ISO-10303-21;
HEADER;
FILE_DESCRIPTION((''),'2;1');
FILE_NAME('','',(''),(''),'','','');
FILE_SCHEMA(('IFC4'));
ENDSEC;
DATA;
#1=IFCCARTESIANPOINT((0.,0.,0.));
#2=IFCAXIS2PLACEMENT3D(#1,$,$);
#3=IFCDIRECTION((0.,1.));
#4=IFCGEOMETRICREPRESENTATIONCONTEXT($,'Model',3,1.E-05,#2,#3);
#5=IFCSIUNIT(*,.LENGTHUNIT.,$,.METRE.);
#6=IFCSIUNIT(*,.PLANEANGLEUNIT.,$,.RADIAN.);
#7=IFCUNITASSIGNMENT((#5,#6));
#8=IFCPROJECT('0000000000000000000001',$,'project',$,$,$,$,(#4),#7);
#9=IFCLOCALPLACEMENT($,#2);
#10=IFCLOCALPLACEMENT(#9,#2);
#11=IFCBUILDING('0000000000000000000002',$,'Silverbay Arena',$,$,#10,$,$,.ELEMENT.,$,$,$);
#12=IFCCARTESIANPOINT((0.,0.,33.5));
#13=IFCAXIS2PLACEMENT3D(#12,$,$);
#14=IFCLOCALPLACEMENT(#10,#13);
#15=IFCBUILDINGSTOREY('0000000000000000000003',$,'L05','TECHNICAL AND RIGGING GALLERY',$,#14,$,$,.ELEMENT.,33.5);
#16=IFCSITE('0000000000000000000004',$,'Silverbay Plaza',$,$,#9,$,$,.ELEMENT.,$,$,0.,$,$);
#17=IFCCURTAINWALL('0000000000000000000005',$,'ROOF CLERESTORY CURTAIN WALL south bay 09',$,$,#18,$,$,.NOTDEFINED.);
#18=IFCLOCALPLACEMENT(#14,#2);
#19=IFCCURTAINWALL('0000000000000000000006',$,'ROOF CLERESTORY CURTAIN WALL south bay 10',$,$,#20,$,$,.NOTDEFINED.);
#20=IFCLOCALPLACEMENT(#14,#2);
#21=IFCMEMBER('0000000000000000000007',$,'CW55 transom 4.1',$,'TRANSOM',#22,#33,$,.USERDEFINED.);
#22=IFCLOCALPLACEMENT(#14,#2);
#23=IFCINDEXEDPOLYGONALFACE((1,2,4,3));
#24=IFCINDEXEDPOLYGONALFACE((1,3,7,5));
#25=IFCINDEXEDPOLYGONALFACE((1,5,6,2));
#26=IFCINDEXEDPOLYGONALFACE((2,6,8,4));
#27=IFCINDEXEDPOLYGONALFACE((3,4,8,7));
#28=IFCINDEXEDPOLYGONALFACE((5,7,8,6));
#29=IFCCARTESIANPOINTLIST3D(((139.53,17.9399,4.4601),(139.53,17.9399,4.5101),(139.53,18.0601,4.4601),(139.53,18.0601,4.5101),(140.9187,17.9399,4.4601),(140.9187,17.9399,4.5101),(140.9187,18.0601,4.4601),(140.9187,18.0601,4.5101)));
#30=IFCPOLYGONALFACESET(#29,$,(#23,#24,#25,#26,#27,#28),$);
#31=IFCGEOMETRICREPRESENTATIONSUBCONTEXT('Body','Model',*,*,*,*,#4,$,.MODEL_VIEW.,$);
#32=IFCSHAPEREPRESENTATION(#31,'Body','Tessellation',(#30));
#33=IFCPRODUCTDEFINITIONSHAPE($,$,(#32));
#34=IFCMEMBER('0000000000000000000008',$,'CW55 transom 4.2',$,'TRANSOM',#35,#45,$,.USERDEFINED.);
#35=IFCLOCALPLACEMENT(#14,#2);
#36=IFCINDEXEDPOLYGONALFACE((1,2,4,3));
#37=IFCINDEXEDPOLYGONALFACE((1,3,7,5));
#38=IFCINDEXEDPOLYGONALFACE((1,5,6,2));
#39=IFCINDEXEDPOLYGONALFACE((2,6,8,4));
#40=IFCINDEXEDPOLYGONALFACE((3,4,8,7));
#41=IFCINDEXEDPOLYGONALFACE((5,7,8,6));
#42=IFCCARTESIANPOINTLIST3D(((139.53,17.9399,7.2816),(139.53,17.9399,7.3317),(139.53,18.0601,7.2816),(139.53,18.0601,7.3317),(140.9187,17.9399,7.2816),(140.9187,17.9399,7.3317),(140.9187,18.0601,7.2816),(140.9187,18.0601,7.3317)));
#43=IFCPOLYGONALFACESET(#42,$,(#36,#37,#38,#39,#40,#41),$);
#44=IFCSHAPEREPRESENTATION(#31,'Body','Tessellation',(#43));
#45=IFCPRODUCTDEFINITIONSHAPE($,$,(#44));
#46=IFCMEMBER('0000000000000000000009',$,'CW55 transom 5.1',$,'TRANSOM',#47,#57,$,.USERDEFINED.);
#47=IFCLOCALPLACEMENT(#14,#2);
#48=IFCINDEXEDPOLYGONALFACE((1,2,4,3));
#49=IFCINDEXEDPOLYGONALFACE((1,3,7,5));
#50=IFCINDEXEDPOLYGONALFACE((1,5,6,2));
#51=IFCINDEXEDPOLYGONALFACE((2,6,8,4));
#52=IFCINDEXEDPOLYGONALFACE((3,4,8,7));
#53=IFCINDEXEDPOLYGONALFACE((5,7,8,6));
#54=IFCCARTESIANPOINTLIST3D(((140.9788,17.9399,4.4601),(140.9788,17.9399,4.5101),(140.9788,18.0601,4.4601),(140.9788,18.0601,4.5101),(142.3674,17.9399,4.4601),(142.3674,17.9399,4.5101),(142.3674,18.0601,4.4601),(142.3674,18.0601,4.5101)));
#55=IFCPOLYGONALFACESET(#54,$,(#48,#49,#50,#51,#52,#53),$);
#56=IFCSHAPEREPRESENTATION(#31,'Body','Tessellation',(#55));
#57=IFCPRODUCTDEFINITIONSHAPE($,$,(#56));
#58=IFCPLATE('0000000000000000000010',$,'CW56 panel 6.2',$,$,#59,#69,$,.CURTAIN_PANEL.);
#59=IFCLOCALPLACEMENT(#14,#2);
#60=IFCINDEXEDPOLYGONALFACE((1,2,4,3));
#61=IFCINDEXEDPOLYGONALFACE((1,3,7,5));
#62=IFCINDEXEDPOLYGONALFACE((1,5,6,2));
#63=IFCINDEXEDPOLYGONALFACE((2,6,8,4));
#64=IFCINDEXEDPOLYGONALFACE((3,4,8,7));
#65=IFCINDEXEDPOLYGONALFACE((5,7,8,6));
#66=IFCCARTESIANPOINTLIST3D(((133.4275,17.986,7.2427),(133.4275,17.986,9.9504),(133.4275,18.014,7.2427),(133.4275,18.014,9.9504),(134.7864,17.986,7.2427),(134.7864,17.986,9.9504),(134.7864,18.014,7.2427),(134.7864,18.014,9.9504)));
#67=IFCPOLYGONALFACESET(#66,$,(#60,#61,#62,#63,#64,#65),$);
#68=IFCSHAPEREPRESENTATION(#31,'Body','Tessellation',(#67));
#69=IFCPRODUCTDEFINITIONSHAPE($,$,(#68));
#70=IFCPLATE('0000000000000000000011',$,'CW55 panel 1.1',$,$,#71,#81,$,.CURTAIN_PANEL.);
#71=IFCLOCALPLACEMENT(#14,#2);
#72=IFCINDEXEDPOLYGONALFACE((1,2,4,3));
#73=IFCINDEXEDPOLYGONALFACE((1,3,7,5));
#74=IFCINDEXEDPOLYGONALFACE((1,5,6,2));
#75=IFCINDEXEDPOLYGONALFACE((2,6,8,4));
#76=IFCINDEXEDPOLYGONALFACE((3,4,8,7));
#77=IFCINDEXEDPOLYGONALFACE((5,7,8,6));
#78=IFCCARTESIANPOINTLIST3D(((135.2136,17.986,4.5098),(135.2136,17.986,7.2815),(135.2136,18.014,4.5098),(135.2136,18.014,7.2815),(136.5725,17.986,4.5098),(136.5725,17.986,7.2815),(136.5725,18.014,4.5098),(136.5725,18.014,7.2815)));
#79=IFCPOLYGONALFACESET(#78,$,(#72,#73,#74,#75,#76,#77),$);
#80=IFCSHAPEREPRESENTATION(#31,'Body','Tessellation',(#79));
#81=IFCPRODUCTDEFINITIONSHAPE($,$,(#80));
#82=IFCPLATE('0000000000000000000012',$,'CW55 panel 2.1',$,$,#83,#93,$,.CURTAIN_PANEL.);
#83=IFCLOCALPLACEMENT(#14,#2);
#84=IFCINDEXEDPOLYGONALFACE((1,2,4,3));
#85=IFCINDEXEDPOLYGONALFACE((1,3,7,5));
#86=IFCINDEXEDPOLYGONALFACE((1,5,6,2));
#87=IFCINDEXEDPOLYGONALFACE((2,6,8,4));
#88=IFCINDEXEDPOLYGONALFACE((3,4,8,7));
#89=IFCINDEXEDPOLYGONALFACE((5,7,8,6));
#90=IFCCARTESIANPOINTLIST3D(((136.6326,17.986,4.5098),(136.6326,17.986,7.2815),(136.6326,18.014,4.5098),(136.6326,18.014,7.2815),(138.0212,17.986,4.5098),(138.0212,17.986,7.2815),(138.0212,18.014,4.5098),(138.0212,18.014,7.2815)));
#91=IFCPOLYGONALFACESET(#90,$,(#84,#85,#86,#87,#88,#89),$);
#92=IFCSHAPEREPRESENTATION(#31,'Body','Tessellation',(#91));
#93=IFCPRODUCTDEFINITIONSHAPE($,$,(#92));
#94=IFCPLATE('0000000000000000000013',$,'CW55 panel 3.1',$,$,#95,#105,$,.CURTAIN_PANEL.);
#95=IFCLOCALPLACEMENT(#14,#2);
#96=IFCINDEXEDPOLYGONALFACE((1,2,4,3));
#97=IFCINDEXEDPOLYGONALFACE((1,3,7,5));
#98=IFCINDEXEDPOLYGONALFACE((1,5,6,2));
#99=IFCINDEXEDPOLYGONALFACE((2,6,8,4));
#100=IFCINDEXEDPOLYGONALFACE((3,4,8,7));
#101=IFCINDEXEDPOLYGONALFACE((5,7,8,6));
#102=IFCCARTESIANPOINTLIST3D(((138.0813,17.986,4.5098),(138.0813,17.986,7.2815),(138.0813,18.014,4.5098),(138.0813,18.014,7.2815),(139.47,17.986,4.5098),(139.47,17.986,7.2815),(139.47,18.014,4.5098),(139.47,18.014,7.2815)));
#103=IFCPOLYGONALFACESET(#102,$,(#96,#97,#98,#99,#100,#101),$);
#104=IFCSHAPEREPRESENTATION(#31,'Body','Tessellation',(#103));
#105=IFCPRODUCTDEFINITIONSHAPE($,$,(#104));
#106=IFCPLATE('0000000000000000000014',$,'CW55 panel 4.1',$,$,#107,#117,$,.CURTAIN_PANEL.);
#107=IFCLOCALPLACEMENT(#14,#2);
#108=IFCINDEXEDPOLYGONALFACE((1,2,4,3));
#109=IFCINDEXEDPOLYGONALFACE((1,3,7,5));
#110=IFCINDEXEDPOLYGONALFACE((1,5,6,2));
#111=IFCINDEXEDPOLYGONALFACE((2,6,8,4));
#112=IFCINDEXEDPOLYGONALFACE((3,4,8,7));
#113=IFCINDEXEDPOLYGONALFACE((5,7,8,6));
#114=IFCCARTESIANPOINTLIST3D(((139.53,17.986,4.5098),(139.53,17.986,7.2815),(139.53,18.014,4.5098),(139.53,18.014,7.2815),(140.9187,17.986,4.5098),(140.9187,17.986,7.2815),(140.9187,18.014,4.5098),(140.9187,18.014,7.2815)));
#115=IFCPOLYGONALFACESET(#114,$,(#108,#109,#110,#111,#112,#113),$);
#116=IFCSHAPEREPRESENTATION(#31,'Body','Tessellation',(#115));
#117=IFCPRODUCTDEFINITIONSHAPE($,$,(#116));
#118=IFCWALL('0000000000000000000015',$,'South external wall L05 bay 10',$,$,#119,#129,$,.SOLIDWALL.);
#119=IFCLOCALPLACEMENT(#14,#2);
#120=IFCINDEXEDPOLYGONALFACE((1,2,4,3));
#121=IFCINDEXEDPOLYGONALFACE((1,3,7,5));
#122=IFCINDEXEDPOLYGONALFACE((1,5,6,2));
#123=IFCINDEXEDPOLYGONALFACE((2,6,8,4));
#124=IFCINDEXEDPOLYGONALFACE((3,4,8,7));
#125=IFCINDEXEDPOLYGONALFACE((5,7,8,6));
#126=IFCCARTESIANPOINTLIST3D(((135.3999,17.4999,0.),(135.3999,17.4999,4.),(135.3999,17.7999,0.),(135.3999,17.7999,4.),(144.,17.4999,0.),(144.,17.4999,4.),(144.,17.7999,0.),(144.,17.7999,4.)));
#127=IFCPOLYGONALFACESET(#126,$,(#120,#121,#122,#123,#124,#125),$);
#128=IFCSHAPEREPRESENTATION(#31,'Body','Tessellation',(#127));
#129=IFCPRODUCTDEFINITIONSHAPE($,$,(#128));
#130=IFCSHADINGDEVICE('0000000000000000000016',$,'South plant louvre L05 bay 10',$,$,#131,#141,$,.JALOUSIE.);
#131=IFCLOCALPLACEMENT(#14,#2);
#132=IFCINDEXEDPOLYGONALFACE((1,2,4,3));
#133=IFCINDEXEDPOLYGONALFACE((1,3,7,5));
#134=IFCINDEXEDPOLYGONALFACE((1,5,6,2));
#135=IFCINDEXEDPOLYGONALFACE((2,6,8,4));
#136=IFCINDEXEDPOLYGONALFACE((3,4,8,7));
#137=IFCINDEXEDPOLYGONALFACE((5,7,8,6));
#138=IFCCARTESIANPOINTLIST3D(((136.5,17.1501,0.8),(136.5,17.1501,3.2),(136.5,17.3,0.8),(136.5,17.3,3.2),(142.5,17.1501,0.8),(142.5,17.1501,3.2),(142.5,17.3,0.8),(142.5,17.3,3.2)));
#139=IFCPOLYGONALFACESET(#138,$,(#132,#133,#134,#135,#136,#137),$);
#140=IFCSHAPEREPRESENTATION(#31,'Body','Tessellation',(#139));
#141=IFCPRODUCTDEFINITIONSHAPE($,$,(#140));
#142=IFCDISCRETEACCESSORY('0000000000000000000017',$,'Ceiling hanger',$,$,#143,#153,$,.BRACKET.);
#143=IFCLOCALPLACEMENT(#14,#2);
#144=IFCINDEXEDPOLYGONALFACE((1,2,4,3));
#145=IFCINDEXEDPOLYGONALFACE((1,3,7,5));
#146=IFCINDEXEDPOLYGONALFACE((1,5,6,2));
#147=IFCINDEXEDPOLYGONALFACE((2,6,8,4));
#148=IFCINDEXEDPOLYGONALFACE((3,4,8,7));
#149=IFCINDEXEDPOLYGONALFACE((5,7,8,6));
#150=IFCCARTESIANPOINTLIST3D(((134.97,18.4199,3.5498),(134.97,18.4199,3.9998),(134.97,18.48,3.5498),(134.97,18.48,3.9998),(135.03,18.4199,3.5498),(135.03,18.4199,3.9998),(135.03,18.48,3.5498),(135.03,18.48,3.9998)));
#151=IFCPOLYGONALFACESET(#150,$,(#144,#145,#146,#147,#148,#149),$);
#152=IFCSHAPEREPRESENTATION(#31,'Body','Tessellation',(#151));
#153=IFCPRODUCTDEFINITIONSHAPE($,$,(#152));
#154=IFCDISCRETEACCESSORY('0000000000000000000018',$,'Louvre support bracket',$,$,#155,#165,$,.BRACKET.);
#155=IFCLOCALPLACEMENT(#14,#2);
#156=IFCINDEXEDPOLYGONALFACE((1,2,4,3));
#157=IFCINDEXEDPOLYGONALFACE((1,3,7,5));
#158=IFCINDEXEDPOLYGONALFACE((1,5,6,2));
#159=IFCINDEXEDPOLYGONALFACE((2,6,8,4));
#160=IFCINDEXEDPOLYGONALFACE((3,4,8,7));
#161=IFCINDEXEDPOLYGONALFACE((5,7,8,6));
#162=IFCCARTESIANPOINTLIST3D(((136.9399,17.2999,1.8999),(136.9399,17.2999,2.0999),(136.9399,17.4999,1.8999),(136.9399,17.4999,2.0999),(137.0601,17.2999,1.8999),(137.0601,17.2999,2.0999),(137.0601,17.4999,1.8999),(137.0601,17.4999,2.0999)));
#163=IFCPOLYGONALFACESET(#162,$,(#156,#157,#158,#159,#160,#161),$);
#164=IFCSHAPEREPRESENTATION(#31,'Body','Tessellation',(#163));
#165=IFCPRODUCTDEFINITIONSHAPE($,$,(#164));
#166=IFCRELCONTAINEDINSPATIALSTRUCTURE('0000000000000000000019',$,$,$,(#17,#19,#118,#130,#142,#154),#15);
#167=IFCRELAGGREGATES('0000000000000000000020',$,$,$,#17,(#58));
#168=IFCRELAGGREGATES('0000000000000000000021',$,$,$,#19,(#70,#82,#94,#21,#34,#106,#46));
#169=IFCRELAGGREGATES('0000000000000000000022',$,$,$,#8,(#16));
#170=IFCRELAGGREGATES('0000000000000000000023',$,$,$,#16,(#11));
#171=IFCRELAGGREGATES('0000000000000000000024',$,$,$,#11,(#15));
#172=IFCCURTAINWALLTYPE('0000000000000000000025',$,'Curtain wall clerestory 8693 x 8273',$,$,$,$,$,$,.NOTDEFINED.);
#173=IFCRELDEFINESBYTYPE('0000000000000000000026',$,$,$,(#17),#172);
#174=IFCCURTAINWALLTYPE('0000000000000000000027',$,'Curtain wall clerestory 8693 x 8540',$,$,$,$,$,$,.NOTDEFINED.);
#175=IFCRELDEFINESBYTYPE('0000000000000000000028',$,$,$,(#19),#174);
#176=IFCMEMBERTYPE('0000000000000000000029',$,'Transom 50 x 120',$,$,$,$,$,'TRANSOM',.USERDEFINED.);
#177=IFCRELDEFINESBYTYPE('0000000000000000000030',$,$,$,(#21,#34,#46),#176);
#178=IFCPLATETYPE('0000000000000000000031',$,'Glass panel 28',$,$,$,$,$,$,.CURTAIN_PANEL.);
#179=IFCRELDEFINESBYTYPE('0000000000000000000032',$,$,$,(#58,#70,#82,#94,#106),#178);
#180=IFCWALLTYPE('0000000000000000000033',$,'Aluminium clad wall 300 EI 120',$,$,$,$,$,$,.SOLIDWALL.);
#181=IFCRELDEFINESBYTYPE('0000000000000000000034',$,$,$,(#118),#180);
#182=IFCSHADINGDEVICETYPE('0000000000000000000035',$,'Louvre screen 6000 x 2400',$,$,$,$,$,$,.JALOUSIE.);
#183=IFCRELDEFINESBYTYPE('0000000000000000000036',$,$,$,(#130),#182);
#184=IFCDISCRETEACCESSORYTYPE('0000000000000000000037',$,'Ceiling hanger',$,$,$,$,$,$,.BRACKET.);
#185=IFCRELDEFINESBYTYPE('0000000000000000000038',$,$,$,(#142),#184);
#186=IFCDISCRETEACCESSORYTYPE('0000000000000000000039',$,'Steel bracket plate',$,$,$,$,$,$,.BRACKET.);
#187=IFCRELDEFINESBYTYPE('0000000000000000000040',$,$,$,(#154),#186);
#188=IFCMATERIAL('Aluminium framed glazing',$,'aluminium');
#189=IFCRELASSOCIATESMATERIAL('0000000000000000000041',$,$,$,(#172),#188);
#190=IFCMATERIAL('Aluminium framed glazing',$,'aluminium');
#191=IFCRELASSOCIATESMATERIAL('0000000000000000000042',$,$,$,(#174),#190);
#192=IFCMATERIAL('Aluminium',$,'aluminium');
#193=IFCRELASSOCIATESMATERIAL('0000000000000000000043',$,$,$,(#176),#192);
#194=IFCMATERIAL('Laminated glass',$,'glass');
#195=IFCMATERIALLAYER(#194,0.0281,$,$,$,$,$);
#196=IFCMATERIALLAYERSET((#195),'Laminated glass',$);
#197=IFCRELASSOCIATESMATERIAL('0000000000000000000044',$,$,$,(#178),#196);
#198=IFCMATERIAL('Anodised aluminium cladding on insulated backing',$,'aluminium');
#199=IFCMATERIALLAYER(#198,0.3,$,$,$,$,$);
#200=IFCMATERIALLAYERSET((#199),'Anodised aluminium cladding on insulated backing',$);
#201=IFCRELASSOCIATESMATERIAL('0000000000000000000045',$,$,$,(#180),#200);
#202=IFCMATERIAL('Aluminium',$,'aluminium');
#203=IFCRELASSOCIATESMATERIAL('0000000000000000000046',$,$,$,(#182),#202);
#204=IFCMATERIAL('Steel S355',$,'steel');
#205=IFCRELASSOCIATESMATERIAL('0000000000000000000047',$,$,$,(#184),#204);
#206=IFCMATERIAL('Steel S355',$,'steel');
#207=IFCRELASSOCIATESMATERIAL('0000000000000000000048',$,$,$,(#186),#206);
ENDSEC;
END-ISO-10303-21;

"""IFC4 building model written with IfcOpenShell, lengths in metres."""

from ifc_helpers import new_model, si_unit, direction, frame, frame_2d, origin, origin_2d, place, context, subcontext, project, spatial, rectangle, extrude, material, layer, layer_set, material_profile, profile_set, type_object, element, aggregate, save


model = new_model("IFC4")

# Units and contexts
model_context = context("Model", 3, precision=1e-05, world=origin(), true_north=direction((0.0, 1.0)))
body_context = subcontext(model_context, "Body", "Model", "MODEL_VIEW")
ifc_project = project(units=[si_unit("LENGTHUNIT", "METRE"), si_unit("PLANEANGLEUNIT", "RADIAN")], contexts=[model_context])

# Site, building, storey
site_placement = place(None, origin())
site = spatial("IfcSite", under=ifc_project, at=site_placement, Name="Silverbay Plaza", CompositionType="ELEMENT", RefElevation=0.0)
building_placement = place(site_placement, origin())
building = spatial("IfcBuilding", under=site, at=building_placement, Name="Silverbay Arena", CompositionType="ELEMENT")
storey_placement = place(building_placement, frame((0.0, 0.0, 33.5)))
storey = spatial("IfcBuildingStorey", under=building, at=storey_placement, Name="L05", Description="TECHNICAL AND RIGGING GALLERY", CompositionType="ELEMENT", Elevation=33.5)

# Curtain wall
ifc_material_1 = material(Name="Aluminium framed glazing", Category="aluminium")
curtain_wall_type_1 = type_object("IfcCurtainWallType", Name="Curtain wall clerestory 8693 x 8273", PredefinedType="NOTDEFINED", material=ifc_material_1)
curtain_wall_1_placement = place(storey_placement, origin())
curtain_wall_1 = element("IfcCurtainWall", 1, at=curtain_wall_1_placement, inside=storey, type_object=curtain_wall_type_1, Name="ROOF CLERESTORY CURTAIN WALL south bay 09", PredefinedType="NOTDEFINED")

# Curtain wall
ifc_material_2 = material(Name="Aluminium framed glazing", Category="aluminium")
curtain_wall_type_2 = type_object("IfcCurtainWallType", Name="Curtain wall clerestory 8693 x 8540", PredefinedType="NOTDEFINED", material=ifc_material_2)
curtain_wall_2_placement = place(storey_placement, origin())
curtain_wall_2 = element("IfcCurtainWall", 2, at=curtain_wall_2_placement, inside=storey, type_object=curtain_wall_type_2, Name="ROOF CLERESTORY CURTAIN WALL south bay 10", PredefinedType="NOTDEFINED")

# Members
ifc_material_3 = material(Name="Aluminium", Category="aluminium")
ifc_material_profile_1 = material_profile(ifc_material_3, rectangle(XDim=0.1201, YDim=0.05, at=origin_2d()), Name="Transom 50 x 120")
ifc_profile_set_1 = profile_set([ifc_material_profile_1], Name="Aluminium")
member_type_1 = type_object("IfcMemberType", Name="Transom 50 x 120", ElementType="TRANSOM", PredefinedType="USERDEFINED", material=ifc_profile_set_1)
member_1_placement = place(storey_placement, frame((139.53, 18.0, 4.4851), z_axis=(1.0, 0.0, 0.0), x_axis=(0.0, 1.0, 0.0)))
member_1 = element("IfcMember", 3, at=member_1_placement, type_object=member_type_1, Name="CW55 transom 4.1", ObjectType="TRANSOM", PredefinedType="USERDEFINED", context=body_context, shape_type="SweptSolid", body=[
    extrude(rectangle(XDim=0.1201, YDim=0.05, at=origin_2d()), origin(), (0.0, 0.0, 1.0), 1.3887),
])
member_2_placement = place(storey_placement, frame((139.53, 18.0, 7.3066), z_axis=(1.0, 0.0, 0.0), x_axis=(0.0, 1.0, 0.0)))
member_2 = element("IfcMember", 4, at=member_2_placement, type_object=member_type_1, Name="CW55 transom 4.2", ObjectType="TRANSOM", PredefinedType="USERDEFINED", context=body_context, shape_type="SweptSolid", body=[
    extrude(rectangle(XDim=0.1201, YDim=0.05, at=origin_2d()), origin(), (0.0, 0.0, 1.0), 1.3887),
])
member_3_placement = place(storey_placement, frame((140.9788, 18.0, 4.4851), z_axis=(1.0, 0.0, 0.0), x_axis=(0.0, 1.0, 0.0)))
member_3 = element("IfcMember", 5, at=member_3_placement, type_object=member_type_1, Name="CW55 transom 5.1", ObjectType="TRANSOM", PredefinedType="USERDEFINED", context=body_context, shape_type="SweptSolid", body=[
    extrude(rectangle(XDim=0.1201, YDim=0.05, at=origin_2d()), origin(), (0.0, 0.0, 1.0), 1.3887),
])

# Plates
ifc_material_4 = material(Name="Laminated glass", Category="glass")
ifc_layer_1 = layer(ifc_material_4, 0.0281)
ifc_layer_set_1 = layer_set([ifc_layer_1], Name="Laminated glass")
plate_type = type_object("IfcPlateType", Name="Glass panel 28", PredefinedType="CURTAIN_PANEL", material=ifc_layer_set_1)
plate_1_placement = place(storey_placement, frame((134.1069, 18.0, 7.2427), z_axis=(0.0, 0.0, 1.0), x_axis=(1.0, 0.0, 0.0)))
plate_1 = element("IfcPlate", 6, at=plate_1_placement, type_object=plate_type, Name="CW56 panel 6.2", PredefinedType="CURTAIN_PANEL", context=body_context, shape_type="SweptSolid", body=[
    extrude(rectangle(XDim=1.3589, YDim=0.0281, at=origin_2d()), origin(), (0.0, 0.0, 1.0), 2.7078),
])
aggregate(curtain_wall_1, [plate_1])
plate_2_placement = place(storey_placement, frame((135.8931, 18.0, 4.5098), z_axis=(0.0, 0.0, 1.0), x_axis=(1.0, 0.0, 0.0)))
plate_2 = element("IfcPlate", 7, at=plate_2_placement, type_object=plate_type, Name="CW55 panel 1.1", PredefinedType="CURTAIN_PANEL", context=body_context, shape_type="SweptSolid", body=[
    extrude(rectangle(XDim=1.3589, YDim=0.0281, at=origin_2d()), origin(), (0.0, 0.0, 1.0), 2.7717),
])
plate_3_placement = place(storey_placement, frame((137.3269, 18.0, 4.5098), z_axis=(0.0, 0.0, 1.0), x_axis=(1.0, 0.0, 0.0)))
plate_3 = element("IfcPlate", 8, at=plate_3_placement, type_object=plate_type, Name="CW55 panel 2.1", PredefinedType="CURTAIN_PANEL", context=body_context, shape_type="SweptSolid", body=[
    extrude(rectangle(XDim=1.3887, YDim=0.0281, at=origin_2d()), origin(), (0.0, 0.0, 1.0), 2.7717),
])
plate_4_placement = place(storey_placement, frame((138.7756, 18.0, 4.5098), z_axis=(0.0, 0.0, 1.0), x_axis=(1.0, 0.0, 0.0)))
plate_4 = element("IfcPlate", 9, at=plate_4_placement, type_object=plate_type, Name="CW55 panel 3.1", PredefinedType="CURTAIN_PANEL", context=body_context, shape_type="SweptSolid", body=[
    extrude(rectangle(XDim=1.3887, YDim=0.0281, at=origin_2d()), origin(), (0.0, 0.0, 1.0), 2.7717),
])
plate_5_placement = place(storey_placement, frame((140.2244, 18.0, 4.5098), z_axis=(0.0, 0.0, 1.0), x_axis=(1.0, 0.0, 0.0)))
plate_5 = element("IfcPlate", 10, at=plate_5_placement, type_object=plate_type, Name="CW55 panel 4.1", PredefinedType="CURTAIN_PANEL", context=body_context, shape_type="SweptSolid", body=[
    extrude(rectangle(XDim=1.3887, YDim=0.0281, at=origin_2d()), origin(), (0.0, 0.0, 1.0), 2.7717),
])
aggregate(curtain_wall_2, [plate_2, plate_3, plate_4, member_1, member_2, plate_5, member_3])

# Wall
ifc_material_5 = material(Name="Anodised aluminium cladding on insulated backing", Category="aluminium")
ifc_layer_2 = layer(ifc_material_5, 0.3)
ifc_layer_set_2 = layer_set([ifc_layer_2], Name="Anodised aluminium cladding on insulated backing")
wall_type = type_object("IfcWallType", Name="Aluminium clad wall 300 EI 120", PredefinedType="SOLIDWALL", material=ifc_layer_set_2)
wall_placement = place(storey_placement, frame((135.3999, 17.6499, 0.0), z_axis=(0.0, 0.0, 1.0), x_axis=(1.0, 0.0, 0.0)))
element("IfcWall", 11, at=wall_placement, inside=storey, type_object=wall_type, Name="South external wall L05 bay 10", PredefinedType="SOLIDWALL", context=body_context, shape_type="SweptSolid", body=[
    extrude(rectangle(XDim=8.6001, YDim=0.3, at=frame_2d((4.3, 0.0))), origin(), (0.0, 0.0, 1.0), 4.0),
])

# Shading device
ifc_material_6 = material(Name="Aluminium", Category="aluminium")
shading_device_type = type_object("IfcShadingDeviceType", Name="Louvre screen 6000 x 2400", PredefinedType="JALOUSIE", material=ifc_material_6)
shading_device_placement = place(storey_placement, frame((139.5, 17.2251, 0.8), z_axis=(0.0, 0.0, 1.0), x_axis=(1.0, 0.0, 0.0)))
element("IfcShadingDevice", 12, at=shading_device_placement, inside=storey, type_object=shading_device_type, Name="South plant louvre L05 bay 10", PredefinedType="JALOUSIE", context=body_context, shape_type="SweptSolid", body=[
    extrude(rectangle(XDim=6.0, YDim=0.1499, at=origin_2d()), origin(), (0.0, 0.0, 1.0), 2.3999),
])

# Discrete accessories
ifc_material_7 = material(Name="Steel S355", Category="steel")
discrete_accessory_type_1 = type_object("IfcDiscreteAccessoryType", Name="Ceiling hanger", PredefinedType="BRACKET", material=ifc_material_7)
discrete_accessory_1_placement = place(storey_placement, frame((135.0, 18.45, 3.5498), z_axis=(0.0, 0.0, 1.0), x_axis=(1.0, 0.0, 0.0)))
element("IfcDiscreteAccessory", 13, at=discrete_accessory_1_placement, inside=storey, type_object=discrete_accessory_type_1, Name="Ceiling hanger", PredefinedType="BRACKET", context=body_context, shape_type="SweptSolid", body=[
    extrude(rectangle(XDim=0.0601, YDim=0.0601, at=origin_2d()), origin(), (0.0, 0.0, 1.0), 0.45),
])
ifc_material_8 = material(Name="Steel S355", Category="steel")
discrete_accessory_type_2 = type_object("IfcDiscreteAccessoryType", Name="Steel bracket plate", PredefinedType="BRACKET", material=ifc_material_8)
discrete_accessory_2_placement = place(storey_placement, frame((137.0, 17.3999, 1.8999), z_axis=(0.0, 0.0, 1.0), x_axis=(1.0, 0.0, 0.0)))
element("IfcDiscreteAccessory", 14, at=discrete_accessory_2_placement, inside=storey, type_object=discrete_accessory_type_2, Name="Louvre support bracket", PredefinedType="BRACKET", context=body_context, shape_type="SweptSolid", body=[
    extrude(rectangle(XDim=0.1201, YDim=0.2, at=origin_2d()), origin(), (0.0, 0.0, 1.0), 0.2),
])

save(model, "model.ifc")
